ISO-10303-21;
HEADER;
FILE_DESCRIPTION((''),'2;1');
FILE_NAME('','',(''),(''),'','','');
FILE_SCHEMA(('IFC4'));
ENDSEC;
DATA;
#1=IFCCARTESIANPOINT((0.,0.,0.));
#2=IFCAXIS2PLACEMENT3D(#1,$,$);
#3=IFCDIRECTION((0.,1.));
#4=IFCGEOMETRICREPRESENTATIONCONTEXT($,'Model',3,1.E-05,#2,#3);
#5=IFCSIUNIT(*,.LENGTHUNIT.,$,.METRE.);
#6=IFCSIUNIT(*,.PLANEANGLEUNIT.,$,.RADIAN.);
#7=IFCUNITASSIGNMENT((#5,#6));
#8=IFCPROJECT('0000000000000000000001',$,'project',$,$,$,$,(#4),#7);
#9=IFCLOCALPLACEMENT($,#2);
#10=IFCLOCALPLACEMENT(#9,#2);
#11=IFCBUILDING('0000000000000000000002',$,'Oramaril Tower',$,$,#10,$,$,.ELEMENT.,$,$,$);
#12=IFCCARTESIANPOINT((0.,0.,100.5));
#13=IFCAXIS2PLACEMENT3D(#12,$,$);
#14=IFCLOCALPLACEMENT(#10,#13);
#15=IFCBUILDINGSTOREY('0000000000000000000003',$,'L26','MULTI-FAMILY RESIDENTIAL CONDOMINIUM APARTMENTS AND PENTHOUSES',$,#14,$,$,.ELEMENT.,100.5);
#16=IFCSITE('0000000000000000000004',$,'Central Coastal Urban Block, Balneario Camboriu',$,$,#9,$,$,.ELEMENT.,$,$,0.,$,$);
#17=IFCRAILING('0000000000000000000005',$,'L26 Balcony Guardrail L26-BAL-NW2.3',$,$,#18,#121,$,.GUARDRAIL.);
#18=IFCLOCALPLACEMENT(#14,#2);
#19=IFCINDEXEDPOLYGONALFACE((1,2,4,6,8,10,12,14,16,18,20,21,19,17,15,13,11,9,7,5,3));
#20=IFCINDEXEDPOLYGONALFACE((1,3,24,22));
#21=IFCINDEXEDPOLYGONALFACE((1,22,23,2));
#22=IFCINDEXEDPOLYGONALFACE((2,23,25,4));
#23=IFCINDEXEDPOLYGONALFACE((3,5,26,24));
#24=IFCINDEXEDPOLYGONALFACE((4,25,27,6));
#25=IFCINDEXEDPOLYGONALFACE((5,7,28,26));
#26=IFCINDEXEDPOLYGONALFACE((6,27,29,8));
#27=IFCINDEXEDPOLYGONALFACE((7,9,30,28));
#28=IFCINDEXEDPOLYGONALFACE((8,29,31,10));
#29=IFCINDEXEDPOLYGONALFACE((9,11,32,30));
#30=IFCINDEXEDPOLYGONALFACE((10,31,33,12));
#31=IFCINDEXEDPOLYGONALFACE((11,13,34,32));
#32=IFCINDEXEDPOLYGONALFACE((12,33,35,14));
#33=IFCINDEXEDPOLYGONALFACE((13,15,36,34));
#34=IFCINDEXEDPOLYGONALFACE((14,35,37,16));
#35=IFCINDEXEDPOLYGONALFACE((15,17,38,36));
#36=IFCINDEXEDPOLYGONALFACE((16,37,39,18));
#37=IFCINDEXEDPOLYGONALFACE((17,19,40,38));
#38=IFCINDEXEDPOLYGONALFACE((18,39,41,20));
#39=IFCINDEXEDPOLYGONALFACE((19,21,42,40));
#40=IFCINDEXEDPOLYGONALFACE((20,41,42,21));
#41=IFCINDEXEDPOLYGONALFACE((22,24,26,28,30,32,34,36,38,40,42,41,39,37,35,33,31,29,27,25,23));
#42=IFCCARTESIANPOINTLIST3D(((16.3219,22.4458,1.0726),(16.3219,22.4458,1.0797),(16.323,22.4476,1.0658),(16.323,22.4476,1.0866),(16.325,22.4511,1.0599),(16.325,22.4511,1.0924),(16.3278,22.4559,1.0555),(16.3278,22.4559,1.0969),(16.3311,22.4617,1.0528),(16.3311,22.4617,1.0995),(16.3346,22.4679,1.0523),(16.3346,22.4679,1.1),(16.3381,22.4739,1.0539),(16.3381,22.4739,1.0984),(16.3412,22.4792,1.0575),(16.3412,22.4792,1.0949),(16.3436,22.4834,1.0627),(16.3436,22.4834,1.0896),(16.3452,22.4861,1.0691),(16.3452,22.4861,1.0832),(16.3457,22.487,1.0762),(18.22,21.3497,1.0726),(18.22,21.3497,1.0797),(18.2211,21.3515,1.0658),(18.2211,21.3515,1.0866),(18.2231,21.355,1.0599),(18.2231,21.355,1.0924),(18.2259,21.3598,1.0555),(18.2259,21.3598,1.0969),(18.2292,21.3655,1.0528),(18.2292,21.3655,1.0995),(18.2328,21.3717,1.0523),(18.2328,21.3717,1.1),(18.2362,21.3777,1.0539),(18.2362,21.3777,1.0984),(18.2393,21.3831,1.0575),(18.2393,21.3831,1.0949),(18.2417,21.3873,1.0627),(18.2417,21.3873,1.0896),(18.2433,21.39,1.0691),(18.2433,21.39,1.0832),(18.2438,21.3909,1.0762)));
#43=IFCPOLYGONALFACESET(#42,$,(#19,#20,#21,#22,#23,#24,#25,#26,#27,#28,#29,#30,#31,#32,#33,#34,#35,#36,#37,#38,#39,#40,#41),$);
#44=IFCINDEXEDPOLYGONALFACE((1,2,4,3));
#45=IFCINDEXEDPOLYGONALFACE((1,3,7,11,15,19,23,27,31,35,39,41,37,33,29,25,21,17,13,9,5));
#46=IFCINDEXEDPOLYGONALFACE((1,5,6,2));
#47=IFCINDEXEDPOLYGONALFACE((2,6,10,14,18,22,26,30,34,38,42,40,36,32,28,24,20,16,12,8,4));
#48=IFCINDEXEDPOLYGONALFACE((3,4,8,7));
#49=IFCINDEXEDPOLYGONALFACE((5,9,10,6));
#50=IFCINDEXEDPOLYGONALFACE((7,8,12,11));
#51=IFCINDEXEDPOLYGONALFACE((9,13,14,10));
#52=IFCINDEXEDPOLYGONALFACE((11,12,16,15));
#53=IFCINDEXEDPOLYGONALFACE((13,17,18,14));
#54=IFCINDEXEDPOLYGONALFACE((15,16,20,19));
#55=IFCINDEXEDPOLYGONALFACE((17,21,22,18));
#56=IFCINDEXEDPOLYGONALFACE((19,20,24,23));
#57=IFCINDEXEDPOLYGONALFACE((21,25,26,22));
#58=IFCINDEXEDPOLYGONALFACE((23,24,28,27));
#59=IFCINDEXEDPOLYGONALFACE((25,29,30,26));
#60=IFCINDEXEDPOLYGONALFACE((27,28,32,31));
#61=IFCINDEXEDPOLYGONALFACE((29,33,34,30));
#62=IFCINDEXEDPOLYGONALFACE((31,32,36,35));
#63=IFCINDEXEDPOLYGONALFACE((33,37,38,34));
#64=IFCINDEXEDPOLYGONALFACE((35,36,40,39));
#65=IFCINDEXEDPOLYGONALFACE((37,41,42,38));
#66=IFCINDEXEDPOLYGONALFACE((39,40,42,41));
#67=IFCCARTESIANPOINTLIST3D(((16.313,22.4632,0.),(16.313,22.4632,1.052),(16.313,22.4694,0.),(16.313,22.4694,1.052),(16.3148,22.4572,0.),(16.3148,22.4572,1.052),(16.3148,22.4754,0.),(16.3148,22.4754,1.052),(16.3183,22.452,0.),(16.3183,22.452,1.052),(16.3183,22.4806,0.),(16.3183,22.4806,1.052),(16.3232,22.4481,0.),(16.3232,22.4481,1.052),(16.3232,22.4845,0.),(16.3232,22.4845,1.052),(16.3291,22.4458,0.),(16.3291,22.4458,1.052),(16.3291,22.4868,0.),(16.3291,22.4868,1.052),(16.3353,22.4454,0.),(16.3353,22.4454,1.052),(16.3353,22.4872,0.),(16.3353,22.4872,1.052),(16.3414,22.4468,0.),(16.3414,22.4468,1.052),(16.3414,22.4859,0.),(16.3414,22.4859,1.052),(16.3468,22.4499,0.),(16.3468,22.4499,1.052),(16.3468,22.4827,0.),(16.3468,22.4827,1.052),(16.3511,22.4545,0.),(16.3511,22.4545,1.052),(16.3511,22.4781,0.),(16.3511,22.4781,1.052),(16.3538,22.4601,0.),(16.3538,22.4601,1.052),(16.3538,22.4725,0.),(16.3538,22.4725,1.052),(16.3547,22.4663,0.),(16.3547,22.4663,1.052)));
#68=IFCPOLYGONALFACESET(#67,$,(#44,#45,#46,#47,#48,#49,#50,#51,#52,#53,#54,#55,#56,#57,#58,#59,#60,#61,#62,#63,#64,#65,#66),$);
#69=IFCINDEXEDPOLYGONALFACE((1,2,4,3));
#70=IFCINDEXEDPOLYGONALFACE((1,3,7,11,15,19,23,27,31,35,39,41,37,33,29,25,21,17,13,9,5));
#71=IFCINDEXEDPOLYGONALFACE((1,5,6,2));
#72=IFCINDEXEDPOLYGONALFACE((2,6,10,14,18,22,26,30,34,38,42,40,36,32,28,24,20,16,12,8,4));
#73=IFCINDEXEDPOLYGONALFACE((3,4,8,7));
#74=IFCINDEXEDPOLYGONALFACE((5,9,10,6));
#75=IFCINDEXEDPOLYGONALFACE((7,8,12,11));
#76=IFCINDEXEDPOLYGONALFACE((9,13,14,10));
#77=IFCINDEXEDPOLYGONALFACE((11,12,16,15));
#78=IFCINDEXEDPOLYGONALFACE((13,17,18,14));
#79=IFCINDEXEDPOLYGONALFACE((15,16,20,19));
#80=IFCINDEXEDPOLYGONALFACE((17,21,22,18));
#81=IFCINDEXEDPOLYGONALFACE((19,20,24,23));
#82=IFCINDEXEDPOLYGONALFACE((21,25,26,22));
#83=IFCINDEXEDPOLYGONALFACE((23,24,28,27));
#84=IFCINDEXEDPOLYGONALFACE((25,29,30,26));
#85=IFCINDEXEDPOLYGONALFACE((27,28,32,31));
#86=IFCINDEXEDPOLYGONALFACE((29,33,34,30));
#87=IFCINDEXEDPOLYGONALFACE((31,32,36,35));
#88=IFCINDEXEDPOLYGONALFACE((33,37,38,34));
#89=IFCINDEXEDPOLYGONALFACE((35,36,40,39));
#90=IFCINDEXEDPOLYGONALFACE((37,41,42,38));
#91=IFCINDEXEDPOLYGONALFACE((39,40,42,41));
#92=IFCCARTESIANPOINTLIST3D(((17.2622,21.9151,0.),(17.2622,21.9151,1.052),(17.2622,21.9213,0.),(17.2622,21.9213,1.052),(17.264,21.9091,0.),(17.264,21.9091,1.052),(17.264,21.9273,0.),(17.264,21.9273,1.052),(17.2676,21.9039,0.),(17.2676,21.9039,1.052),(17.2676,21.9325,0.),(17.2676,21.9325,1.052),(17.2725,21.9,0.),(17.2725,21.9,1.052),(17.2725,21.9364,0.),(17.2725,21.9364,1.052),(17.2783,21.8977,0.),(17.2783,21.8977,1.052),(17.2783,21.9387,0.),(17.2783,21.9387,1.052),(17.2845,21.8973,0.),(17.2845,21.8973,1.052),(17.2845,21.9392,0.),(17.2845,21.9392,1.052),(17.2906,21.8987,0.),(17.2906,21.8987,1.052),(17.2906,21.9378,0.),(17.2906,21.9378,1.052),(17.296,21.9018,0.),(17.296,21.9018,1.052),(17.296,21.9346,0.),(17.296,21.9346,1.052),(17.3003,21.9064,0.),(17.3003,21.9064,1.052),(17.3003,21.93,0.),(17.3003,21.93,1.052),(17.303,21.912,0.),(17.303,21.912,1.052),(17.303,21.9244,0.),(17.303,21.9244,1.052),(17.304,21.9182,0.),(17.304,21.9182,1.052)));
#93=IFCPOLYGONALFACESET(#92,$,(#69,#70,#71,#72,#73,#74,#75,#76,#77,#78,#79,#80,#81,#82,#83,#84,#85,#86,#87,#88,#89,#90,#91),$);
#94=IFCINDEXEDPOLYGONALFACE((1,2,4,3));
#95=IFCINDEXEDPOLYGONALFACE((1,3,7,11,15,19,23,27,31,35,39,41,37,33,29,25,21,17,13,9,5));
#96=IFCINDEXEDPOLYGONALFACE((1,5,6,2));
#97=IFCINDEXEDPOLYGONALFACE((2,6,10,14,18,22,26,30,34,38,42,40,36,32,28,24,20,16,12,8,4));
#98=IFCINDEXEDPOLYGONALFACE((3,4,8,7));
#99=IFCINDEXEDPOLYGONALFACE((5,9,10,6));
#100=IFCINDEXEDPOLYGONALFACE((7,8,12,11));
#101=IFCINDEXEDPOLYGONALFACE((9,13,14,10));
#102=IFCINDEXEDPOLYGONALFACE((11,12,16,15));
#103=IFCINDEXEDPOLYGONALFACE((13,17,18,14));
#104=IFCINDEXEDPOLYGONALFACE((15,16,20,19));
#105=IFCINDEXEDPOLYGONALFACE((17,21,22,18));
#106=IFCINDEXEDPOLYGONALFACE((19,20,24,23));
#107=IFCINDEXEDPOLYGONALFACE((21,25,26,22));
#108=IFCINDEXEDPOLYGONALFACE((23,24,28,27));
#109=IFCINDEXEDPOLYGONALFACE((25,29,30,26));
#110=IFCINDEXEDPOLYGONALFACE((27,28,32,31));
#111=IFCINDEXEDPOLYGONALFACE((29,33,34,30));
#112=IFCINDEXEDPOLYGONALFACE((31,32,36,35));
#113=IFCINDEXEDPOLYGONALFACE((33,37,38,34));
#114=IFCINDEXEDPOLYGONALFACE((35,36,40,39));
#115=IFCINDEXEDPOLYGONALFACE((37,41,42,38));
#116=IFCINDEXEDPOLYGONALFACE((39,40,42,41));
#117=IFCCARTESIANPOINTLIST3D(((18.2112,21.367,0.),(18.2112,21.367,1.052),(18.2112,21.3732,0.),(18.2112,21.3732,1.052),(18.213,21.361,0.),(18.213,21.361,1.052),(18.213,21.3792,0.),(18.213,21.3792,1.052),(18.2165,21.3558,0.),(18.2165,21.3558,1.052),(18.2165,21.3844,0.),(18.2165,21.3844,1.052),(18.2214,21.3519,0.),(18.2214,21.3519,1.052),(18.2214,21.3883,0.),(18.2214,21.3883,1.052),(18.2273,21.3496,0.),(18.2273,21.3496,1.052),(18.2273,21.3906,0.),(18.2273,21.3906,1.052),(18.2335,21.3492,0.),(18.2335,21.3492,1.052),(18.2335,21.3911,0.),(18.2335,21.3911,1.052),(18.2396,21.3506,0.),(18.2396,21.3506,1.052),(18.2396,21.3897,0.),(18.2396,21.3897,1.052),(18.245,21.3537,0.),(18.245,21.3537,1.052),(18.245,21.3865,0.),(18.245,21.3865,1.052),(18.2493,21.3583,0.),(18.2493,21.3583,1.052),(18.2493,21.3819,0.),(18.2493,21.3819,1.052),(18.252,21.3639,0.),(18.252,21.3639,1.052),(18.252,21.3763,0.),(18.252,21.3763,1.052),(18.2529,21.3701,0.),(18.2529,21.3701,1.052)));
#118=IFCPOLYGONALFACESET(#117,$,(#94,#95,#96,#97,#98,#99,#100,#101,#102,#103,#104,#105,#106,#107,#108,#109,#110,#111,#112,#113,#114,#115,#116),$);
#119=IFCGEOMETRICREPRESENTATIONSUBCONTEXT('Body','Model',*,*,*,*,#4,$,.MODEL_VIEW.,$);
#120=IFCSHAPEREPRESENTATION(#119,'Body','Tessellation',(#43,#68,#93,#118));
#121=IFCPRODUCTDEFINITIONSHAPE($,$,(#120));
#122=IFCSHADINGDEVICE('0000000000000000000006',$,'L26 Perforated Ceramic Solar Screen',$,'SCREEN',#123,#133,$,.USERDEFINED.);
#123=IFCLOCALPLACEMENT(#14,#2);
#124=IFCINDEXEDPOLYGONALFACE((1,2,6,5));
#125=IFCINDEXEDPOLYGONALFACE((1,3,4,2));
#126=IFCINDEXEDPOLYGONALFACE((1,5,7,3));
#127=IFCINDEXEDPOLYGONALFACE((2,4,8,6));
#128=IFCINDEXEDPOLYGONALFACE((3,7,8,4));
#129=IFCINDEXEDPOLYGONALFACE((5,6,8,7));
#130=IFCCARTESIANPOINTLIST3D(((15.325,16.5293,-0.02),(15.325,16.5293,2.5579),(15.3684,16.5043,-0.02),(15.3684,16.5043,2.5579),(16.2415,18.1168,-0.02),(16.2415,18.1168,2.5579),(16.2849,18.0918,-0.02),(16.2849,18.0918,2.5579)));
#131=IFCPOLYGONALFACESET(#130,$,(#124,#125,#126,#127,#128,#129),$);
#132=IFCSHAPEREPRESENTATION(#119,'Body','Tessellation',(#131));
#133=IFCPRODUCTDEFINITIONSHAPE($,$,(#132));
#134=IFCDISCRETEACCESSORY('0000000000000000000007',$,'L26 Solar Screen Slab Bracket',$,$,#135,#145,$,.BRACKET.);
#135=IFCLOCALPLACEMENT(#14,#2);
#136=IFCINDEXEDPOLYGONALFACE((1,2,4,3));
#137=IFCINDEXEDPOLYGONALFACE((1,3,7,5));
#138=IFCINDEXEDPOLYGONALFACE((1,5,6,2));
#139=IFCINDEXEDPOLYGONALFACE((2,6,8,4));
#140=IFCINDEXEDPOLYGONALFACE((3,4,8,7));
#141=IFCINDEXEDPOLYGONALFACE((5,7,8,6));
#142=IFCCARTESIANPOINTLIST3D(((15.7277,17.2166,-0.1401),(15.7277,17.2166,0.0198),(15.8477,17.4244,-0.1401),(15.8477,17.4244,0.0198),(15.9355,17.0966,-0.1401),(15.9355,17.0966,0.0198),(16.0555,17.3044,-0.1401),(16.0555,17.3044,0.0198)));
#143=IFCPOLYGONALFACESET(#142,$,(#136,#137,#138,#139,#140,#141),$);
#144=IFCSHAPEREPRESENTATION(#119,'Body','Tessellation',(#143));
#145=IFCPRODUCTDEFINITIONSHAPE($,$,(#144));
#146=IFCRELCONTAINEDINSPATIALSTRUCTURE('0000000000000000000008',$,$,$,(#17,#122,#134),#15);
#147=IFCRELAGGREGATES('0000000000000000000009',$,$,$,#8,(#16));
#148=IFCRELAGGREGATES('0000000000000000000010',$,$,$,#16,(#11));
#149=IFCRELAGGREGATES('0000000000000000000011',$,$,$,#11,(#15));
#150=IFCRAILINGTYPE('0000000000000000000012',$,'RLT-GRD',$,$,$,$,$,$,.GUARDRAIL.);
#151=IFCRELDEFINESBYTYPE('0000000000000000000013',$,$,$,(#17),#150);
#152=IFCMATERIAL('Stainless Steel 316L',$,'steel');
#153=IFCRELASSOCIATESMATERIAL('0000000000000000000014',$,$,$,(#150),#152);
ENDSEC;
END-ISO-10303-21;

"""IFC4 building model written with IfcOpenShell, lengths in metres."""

from ifc_helpers import new_model, si_unit, direction, frame, origin, origin_2d, place, context, subcontext, project, spatial, rectangle, circle, extrude, material, type_object, element, save


model = new_model("IFC4")

# Units and contexts
model_context = context("Model", 3, precision=1e-05, world=origin(), true_north=direction((0.0, 1.0)))
body_context = subcontext(model_context, "Body", "Model", "MODEL_VIEW")
ifc_project = project(units=[si_unit("LENGTHUNIT", "METRE"), si_unit("PLANEANGLEUNIT", "RADIAN")], contexts=[model_context])

# Site, building, storey
site_placement = place(None, origin())
site = spatial("IfcSite", under=ifc_project, at=site_placement, Name="Central Coastal Urban Block, Balneario Camboriu", CompositionType="ELEMENT", RefElevation=0.0)
building_placement = place(site_placement, origin())
building = spatial("IfcBuilding", under=site, at=building_placement, Name="Oramaril Tower", CompositionType="ELEMENT")
storey_placement = place(building_placement, frame((0.0, 0.0, 100.5)))
storey = spatial("IfcBuildingStorey", under=building, at=storey_placement, Name="L26", Description="MULTI-FAMILY RESIDENTIAL CONDOMINIUM APARTMENTS AND PENTHOUSES", CompositionType="ELEMENT", Elevation=100.5)

# Railing
ifc_material_1 = material(Name="Stainless Steel 316L", Category="steel")
railing_type = type_object("IfcRailingType", Name="RLT-GRD", PredefinedType="GUARDRAIL", material=ifc_material_1)
railing_1_placement = place(storey_placement, frame((16.3337, 22.4663, 0.0)))
element("IfcRailing", 1, at=railing_1_placement, inside=storey, type_object=railing_type, Name="L26 Balcony Guardrail L26-BAL-NW2.3", PredefinedType="GUARDRAIL", context=body_context, shape_type="SweptSolid", body=[
    extrude(circle(Radius=0.0239, at=origin_2d()), frame((0.0, 0.0, 1.0762), z_axis=(0.865972, -0.500092, 0.0), x_axis=(0.500092, 0.865972, 0.0)), (0.0, 0.0, 1.0), 2.1919),
    extrude(circle(Radius=0.021, at=origin_2d()), origin(), (0.0, 0.0, 1.0), 1.052),
    extrude(circle(Radius=0.021, at=origin_2d()), frame((0.9492, -0.5481, 0.0)), (0.0, 0.0, 1.0), 1.052),
    extrude(circle(Radius=0.021, at=origin_2d()), frame((1.8982, -1.0962, 0.0)), (0.0, 0.0, 1.0), 1.052),
])

# Shading device
shading_device_placement = place(storey_placement, frame((15.8049, 17.3105, -0.02), z_axis=(0.0, 0.0, 1.0), x_axis=(-0.5, -0.866025, 0.0)))
element("IfcShadingDevice", 2, at=shading_device_placement, inside=storey, Name="L26 Perforated Ceramic Solar Screen", ObjectType="SCREEN", PredefinedType="USERDEFINED", context=body_context, shape_type="SweptSolid", body=[
    extrude(rectangle(XDim=1.833, YDim=0.05, at=origin_2d()), origin(), (0.0, 0.0, 1.0), 2.5779),
])

# Discrete accessory
discrete_accessory_placement = place(storey_placement, frame((15.8916, 17.2605, -0.1401), z_axis=(0.0, 0.0, 1.0), x_axis=(-0.5, -0.866025, 0.0)))
element("IfcDiscreteAccessory", 3, at=discrete_accessory_placement, inside=storey, Name="L26 Solar Screen Slab Bracket", PredefinedType="BRACKET", context=body_context, shape_type="SweptSolid", body=[
    extrude(rectangle(XDim=0.24, YDim=0.24, at=origin_2d()), origin(), (0.0, 0.0, 1.0), 0.1599),
])

save(model, "model.ifc")
